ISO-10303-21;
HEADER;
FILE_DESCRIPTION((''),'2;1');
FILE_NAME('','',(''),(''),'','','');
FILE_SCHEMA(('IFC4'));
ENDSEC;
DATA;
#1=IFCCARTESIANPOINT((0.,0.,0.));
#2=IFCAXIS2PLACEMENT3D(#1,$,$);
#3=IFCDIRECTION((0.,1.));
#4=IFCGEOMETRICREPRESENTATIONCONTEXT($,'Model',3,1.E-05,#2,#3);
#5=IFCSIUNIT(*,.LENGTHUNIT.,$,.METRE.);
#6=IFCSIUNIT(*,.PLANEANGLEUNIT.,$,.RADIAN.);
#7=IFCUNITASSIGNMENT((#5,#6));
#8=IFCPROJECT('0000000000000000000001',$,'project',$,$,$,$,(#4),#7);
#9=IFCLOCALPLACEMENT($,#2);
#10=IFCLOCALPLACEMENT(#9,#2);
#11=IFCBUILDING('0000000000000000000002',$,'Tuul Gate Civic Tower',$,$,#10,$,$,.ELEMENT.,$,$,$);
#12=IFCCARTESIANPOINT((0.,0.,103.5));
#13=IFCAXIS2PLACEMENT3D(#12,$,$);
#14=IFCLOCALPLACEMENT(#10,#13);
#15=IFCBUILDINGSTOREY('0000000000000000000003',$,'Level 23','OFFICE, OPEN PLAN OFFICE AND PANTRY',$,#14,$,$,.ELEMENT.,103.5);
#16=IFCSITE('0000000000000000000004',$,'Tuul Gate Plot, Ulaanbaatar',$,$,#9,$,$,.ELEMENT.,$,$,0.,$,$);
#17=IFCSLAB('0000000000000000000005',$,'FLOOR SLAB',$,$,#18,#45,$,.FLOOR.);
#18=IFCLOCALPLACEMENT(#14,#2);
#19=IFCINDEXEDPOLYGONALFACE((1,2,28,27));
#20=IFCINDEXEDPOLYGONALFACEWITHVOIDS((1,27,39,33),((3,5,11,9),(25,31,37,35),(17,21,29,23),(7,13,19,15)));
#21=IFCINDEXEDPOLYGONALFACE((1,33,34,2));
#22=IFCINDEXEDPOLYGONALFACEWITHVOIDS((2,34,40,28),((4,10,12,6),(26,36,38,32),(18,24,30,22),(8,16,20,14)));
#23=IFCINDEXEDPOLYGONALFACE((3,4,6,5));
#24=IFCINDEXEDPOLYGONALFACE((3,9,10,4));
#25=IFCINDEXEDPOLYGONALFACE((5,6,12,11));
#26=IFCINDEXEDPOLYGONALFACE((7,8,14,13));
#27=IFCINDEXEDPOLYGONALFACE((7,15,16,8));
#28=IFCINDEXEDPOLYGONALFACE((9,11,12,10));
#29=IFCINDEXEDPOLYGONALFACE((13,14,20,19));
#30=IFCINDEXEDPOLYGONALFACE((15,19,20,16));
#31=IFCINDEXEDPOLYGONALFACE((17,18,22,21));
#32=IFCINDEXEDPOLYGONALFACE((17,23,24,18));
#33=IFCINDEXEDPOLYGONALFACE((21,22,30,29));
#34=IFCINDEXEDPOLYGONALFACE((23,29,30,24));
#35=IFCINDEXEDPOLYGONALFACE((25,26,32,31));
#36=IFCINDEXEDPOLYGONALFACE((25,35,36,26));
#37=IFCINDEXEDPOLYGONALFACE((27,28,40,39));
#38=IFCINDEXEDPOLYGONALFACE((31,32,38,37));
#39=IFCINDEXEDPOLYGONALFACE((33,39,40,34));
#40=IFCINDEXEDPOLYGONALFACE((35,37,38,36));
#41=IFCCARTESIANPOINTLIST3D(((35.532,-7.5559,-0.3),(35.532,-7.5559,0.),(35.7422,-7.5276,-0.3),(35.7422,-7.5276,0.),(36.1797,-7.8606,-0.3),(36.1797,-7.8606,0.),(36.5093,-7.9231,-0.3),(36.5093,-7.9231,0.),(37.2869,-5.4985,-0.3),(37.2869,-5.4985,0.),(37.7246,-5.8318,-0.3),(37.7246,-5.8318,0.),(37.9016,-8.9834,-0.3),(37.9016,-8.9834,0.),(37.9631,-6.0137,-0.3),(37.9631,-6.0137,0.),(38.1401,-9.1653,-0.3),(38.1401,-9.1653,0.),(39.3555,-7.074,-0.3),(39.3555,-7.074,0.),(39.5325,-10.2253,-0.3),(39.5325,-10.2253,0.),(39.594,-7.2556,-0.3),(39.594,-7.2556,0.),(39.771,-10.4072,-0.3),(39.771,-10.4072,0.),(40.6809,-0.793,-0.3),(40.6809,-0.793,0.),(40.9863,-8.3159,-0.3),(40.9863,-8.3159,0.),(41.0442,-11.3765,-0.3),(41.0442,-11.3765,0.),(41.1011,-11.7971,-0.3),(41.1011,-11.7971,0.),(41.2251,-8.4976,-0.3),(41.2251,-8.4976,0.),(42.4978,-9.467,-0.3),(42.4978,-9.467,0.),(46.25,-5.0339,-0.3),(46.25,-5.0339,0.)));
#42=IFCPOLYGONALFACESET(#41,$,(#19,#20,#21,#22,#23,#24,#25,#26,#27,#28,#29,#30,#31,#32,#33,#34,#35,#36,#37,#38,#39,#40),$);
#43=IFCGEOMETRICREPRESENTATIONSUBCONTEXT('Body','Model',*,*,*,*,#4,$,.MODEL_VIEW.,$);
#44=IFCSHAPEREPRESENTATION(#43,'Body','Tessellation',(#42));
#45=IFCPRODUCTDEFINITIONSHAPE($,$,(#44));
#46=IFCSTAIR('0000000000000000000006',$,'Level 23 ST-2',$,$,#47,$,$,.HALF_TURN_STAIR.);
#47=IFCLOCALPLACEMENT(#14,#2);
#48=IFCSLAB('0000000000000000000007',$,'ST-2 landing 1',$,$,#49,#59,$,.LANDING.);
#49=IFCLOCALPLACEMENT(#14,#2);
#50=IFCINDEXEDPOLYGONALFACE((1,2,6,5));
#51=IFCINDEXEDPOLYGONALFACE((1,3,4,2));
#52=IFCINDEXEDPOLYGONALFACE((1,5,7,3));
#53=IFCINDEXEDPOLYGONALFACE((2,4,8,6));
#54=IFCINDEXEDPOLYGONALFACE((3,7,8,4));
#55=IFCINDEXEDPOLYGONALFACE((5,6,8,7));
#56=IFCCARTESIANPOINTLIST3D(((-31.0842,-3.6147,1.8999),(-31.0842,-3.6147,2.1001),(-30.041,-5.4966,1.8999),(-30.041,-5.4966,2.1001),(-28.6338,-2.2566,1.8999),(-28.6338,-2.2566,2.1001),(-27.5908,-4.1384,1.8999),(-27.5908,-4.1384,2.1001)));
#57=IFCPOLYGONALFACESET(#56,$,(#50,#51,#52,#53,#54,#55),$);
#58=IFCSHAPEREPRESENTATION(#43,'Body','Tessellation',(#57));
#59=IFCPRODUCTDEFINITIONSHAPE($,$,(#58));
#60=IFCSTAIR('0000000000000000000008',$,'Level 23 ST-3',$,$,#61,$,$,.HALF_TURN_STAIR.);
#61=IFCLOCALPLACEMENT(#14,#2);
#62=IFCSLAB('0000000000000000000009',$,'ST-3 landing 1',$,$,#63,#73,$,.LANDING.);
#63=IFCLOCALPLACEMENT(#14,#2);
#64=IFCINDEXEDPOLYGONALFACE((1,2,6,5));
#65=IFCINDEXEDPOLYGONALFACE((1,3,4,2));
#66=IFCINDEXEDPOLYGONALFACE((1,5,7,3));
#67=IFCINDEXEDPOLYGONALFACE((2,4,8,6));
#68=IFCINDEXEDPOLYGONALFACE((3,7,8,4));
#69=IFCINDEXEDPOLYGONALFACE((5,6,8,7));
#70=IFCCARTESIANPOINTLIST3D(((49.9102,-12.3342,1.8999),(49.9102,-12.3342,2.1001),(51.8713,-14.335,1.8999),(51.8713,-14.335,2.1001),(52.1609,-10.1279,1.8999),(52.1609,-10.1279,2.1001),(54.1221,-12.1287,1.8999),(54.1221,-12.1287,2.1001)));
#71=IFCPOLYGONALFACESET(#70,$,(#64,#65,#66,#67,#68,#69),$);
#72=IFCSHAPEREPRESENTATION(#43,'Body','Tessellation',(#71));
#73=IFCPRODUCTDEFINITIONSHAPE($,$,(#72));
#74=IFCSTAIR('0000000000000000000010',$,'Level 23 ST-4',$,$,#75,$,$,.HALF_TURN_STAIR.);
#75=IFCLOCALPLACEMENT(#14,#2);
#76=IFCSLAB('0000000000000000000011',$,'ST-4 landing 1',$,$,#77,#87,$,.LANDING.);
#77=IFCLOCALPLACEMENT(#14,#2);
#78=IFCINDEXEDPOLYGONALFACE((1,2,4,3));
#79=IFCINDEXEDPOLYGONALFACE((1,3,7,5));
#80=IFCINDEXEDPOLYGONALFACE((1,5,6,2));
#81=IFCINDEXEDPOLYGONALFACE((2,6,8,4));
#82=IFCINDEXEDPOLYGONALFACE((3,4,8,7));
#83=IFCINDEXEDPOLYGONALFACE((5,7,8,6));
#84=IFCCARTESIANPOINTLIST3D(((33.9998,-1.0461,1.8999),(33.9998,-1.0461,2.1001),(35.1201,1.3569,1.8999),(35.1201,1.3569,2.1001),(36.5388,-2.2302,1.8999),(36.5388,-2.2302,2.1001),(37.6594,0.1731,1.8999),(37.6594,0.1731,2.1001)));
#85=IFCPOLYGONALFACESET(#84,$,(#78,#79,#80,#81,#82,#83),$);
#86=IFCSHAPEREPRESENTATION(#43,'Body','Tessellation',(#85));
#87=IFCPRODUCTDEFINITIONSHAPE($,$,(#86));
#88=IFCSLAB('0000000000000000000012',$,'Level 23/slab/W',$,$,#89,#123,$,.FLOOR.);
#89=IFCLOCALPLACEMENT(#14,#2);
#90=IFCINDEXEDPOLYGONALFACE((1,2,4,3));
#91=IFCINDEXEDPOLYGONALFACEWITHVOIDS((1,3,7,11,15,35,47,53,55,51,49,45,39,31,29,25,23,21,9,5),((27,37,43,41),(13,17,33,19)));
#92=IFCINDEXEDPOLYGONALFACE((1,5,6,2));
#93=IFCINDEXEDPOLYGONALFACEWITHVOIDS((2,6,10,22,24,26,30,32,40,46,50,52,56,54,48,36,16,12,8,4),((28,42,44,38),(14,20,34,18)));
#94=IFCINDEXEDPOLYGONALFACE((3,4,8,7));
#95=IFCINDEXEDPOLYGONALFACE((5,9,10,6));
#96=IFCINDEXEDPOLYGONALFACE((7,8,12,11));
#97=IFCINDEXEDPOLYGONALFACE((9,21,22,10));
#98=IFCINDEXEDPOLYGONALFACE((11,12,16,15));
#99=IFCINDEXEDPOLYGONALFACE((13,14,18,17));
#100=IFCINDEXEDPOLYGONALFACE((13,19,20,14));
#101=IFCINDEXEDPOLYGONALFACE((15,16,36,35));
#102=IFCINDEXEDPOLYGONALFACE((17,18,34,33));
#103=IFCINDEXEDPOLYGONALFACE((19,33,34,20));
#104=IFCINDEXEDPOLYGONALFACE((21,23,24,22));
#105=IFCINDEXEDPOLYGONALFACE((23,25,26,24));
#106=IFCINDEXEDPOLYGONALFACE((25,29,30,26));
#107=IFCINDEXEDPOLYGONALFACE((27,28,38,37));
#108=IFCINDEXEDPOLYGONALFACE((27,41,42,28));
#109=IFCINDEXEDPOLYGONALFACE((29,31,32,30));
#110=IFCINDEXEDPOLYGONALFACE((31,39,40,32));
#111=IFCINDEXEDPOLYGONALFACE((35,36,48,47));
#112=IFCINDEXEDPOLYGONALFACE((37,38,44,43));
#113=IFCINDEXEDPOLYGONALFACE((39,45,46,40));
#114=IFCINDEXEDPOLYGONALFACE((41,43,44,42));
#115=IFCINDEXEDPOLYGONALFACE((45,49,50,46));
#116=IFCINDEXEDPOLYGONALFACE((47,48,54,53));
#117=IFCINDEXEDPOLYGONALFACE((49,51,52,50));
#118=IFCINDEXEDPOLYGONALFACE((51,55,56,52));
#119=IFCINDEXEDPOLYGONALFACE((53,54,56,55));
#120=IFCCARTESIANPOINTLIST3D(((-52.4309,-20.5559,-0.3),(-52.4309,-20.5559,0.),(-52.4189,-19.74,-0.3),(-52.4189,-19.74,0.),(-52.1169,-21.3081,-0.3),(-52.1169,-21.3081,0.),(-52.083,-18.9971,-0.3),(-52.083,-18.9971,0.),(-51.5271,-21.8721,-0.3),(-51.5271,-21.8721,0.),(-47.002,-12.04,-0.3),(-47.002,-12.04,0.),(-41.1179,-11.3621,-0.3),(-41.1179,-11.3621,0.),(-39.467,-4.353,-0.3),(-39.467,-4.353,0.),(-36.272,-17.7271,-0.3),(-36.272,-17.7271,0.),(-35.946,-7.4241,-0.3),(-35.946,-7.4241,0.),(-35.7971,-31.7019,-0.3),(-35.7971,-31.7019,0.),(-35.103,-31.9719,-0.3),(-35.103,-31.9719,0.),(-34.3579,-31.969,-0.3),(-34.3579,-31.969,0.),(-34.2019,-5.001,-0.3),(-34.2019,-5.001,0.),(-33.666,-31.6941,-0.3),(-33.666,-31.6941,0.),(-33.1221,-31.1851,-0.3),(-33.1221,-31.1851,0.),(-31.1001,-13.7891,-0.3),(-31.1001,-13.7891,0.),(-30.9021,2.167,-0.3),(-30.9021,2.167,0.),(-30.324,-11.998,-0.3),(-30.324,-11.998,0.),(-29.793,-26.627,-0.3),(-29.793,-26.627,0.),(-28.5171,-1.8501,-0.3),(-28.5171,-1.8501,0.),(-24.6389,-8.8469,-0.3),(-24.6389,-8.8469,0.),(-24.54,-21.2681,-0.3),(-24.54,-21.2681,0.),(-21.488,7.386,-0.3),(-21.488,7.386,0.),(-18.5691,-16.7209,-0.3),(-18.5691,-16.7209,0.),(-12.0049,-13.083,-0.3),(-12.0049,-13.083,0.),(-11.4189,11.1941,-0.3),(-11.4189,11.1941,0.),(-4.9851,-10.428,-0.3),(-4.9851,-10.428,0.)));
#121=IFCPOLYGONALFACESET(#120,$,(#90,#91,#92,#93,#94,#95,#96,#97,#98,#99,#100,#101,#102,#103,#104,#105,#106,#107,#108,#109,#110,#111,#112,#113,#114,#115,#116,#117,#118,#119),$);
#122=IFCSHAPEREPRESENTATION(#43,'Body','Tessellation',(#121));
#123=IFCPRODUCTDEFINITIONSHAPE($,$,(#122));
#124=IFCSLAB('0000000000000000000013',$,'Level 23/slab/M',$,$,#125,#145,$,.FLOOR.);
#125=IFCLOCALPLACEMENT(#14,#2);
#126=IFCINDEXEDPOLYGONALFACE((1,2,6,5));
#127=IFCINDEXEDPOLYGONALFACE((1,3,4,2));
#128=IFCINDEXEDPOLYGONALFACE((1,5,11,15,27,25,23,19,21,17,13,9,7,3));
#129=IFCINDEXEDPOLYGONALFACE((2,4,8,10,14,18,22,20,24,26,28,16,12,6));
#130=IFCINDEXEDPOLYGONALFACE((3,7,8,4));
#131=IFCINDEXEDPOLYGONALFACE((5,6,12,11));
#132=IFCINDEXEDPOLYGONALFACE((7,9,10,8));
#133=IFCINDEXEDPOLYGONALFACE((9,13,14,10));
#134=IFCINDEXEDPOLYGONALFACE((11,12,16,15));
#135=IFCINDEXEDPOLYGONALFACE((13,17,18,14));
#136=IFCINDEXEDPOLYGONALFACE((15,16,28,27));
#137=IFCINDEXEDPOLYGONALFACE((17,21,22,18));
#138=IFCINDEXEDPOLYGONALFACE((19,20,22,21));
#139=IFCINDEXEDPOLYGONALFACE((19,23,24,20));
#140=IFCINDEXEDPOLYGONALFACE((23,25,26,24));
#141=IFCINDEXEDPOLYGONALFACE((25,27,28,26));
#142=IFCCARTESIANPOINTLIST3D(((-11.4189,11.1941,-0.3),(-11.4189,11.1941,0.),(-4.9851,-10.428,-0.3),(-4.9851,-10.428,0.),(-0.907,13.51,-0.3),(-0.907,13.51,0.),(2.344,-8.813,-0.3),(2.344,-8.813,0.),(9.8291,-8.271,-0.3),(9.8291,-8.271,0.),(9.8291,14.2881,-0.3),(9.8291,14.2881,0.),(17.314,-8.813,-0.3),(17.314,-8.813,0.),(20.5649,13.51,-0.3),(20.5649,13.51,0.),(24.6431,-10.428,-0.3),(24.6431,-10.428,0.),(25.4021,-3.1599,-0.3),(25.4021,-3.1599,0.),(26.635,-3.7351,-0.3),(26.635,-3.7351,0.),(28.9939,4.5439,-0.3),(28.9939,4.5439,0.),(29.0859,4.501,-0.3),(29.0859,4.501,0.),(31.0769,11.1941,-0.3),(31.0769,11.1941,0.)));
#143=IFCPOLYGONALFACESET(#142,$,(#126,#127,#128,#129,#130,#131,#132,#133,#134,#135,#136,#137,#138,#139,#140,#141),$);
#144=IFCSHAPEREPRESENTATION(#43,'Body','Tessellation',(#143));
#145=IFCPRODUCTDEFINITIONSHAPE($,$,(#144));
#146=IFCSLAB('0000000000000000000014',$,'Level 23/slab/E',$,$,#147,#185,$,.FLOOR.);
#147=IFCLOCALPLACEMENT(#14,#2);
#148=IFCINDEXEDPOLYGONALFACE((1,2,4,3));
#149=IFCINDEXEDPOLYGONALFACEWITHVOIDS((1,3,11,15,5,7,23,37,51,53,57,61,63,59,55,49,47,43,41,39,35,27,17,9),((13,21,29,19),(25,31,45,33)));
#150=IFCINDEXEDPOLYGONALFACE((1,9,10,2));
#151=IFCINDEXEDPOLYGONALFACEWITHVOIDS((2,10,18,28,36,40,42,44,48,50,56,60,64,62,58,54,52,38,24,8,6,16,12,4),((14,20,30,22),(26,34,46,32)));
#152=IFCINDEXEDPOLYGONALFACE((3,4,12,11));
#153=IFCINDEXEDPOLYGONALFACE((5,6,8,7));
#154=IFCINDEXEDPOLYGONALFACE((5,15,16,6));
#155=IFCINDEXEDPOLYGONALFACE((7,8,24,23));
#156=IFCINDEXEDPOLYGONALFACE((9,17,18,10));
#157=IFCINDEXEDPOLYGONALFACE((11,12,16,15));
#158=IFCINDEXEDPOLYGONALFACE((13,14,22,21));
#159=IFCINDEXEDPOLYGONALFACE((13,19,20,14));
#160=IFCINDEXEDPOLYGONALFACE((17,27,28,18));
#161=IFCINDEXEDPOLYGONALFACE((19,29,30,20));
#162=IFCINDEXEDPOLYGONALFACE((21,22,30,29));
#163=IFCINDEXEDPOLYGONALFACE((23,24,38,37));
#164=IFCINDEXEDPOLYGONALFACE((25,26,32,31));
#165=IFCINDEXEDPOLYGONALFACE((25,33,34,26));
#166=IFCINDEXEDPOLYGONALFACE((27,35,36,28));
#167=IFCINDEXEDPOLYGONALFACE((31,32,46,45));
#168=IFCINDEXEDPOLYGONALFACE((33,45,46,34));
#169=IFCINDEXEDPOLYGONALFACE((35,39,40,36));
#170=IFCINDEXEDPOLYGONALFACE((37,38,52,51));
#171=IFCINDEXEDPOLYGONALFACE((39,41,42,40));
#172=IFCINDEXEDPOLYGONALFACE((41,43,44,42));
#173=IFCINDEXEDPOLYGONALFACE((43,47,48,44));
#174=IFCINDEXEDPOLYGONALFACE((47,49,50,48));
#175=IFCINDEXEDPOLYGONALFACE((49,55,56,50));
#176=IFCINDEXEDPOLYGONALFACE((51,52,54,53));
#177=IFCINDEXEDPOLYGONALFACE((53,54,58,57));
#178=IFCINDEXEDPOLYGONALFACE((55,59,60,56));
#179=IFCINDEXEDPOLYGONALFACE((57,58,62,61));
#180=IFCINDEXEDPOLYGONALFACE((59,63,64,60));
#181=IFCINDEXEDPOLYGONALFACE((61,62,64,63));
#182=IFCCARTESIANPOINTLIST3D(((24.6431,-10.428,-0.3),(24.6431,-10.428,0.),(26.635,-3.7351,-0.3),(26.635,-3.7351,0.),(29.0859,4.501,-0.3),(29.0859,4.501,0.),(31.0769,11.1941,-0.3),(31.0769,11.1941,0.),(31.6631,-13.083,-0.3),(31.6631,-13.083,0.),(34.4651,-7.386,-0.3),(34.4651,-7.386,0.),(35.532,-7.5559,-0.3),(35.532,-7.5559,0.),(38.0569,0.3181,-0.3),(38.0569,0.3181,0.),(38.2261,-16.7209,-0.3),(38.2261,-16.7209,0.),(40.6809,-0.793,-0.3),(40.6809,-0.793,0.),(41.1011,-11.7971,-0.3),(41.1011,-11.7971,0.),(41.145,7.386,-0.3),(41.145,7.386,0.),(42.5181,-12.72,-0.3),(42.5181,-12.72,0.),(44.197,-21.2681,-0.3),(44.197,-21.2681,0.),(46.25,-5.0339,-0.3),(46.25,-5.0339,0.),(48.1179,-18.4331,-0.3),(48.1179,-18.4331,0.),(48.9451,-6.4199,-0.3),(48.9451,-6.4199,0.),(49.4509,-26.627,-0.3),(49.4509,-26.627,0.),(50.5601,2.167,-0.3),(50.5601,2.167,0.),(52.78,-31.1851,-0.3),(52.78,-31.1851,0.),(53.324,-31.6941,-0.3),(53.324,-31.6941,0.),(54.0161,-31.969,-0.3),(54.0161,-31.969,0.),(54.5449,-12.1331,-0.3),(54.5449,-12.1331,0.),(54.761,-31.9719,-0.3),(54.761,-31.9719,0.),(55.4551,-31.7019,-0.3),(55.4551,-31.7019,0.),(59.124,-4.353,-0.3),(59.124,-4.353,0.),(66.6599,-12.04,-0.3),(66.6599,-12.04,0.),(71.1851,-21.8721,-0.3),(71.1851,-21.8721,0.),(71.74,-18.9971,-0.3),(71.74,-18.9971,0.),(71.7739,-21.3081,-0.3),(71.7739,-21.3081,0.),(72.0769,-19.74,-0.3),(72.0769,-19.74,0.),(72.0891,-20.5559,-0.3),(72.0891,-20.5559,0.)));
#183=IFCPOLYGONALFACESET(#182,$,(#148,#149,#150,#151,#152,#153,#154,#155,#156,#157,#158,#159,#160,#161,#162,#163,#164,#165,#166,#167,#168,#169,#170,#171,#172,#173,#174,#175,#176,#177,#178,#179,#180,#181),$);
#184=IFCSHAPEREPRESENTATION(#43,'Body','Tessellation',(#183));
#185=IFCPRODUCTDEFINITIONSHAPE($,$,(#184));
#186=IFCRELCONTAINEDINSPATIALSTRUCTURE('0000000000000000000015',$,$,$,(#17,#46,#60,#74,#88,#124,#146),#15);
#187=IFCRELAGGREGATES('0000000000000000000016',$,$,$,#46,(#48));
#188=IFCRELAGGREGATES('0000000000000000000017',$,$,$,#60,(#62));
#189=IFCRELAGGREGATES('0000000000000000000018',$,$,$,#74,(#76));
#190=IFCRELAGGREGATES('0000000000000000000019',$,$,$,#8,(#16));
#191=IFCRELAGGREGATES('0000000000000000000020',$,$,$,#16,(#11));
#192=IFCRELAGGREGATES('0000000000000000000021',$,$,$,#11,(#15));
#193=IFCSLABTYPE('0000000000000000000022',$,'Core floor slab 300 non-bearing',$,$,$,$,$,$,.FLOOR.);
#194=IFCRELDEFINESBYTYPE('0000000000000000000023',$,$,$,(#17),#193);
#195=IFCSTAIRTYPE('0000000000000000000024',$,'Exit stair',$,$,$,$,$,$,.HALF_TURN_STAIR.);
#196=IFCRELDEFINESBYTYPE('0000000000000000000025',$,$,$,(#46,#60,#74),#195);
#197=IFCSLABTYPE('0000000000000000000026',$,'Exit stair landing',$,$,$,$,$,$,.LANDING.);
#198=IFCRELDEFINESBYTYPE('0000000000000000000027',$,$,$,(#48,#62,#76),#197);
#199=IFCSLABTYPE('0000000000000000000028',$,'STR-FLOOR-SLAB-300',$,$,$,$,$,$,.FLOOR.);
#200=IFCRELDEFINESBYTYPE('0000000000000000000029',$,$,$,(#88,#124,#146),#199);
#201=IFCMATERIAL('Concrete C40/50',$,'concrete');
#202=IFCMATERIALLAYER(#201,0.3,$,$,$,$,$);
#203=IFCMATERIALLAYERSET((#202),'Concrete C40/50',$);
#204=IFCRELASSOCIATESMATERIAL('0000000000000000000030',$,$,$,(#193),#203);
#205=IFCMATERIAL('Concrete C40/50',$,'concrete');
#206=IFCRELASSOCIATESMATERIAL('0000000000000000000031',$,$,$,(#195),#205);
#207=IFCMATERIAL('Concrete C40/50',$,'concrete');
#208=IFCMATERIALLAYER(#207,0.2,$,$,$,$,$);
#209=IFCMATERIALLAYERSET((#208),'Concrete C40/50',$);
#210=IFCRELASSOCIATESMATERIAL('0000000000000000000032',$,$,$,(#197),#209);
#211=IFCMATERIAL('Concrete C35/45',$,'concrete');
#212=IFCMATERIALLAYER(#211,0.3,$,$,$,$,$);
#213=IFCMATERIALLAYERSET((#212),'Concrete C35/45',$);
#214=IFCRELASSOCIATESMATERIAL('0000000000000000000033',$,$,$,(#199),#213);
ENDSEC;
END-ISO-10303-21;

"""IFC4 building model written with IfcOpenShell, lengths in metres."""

from ifc_helpers import new_model, si_unit, direction, frame, origin, place, context, subcontext, project, spatial, polyline, outline, extrude, material, layer, layer_set, type_object, element, aggregate, save


model = new_model("IFC4")

# Units and contexts
model_context = context("Model", 3, precision=1e-05, world=origin(), true_north=direction((0.0, 1.0)))
body_context = subcontext(model_context, "Body", "Model", "MODEL_VIEW")
ifc_project = project(units=[si_unit("LENGTHUNIT", "METRE"), si_unit("PLANEANGLEUNIT", "RADIAN")], contexts=[model_context])

# Site, building, storey
site_placement = place(None, origin())
site = spatial("IfcSite", under=ifc_project, at=site_placement, Name="Tuul Gate Plot, Ulaanbaatar", CompositionType="ELEMENT", RefElevation=0.0)
building_placement = place(site_placement, origin())
building = spatial("IfcBuilding", under=site, at=building_placement, Name="Tuul Gate Civic Tower", CompositionType="ELEMENT")
storey_placement = place(building_placement, frame((0.0, 0.0, 103.5)))
storey = spatial("IfcBuildingStorey", under=building, at=storey_placement, Name="Level 23", Description="OFFICE, OPEN PLAN OFFICE AND PANTRY", CompositionType="ELEMENT", Elevation=103.5)

# Slab
ifc_material_1 = material(Name="Concrete C40/50", Category="concrete")
ifc_layer_1 = layer(ifc_material_1, 0.3)
ifc_layer_set_1 = layer_set([ifc_layer_1], Name="Concrete C40/50")
slab_type_1 = type_object("IfcSlabType", Name="Core floor slab 300 non-bearing", PredefinedType="FLOOR", material=ifc_layer_set_1)
slab_1_placement = place(storey_placement, frame((0.0, 0.0, -0.3)))
element("IfcSlab", 1, at=slab_1_placement, inside=storey, type_object=slab_type_1, Name="FLOOR SLAB", PredefinedType="FLOOR", context=body_context, shape_type="SweptSolid", body=[
    extrude(outline(polyline([(41.1011, -11.7971), (46.25, -5.0339), (40.6809, -0.793), (35.532, -7.5559), (41.1011, -11.7971)]), holes=[polyline([(41.0442, -11.3765), (42.4978, -9.467), (41.2251, -8.4976), (39.771, -10.4072), (41.0442, -11.3765)]), polyline([(39.5325, -10.2253), (40.9863, -8.3159), (39.594, -7.2556), (38.1401, -9.1653), (39.5325, -10.2253)]), polyline([(37.9016, -8.9834), (39.3555, -7.074), (37.9631, -6.0137), (36.5093, -7.9231), (37.9016, -8.9834)]), polyline([(36.1797, -7.8606), (37.7246, -5.8318), (37.2869, -5.4985), (35.7422, -7.5276), (36.1797, -7.8606)])]), origin(), (0.0, 0.0, 1.0), 0.3),
])

# Stairs, slabs
ifc_material_2 = material(Name="Concrete C40/50", Category="concrete")
stair_type = type_object("IfcStairType", Name="Exit stair", PredefinedType="HALF_TURN_STAIR", material=ifc_material_2)
stair_1_placement = place(storey_placement, origin())
stair_1 = element("IfcStair", 2, at=stair_1_placement, inside=storey, type_object=stair_type, Name="Level 23 ST-2", PredefinedType="HALF_TURN_STAIR")
ifc_material_3 = material(Name="Concrete C40/50", Category="concrete")
ifc_layer_2 = layer(ifc_material_3, 0.2)
ifc_layer_set_2 = layer_set([ifc_layer_2], Name="Concrete C40/50")
slab_type_2 = type_object("IfcSlabType", Name="Exit stair landing", PredefinedType="LANDING", material=ifc_layer_set_2)
slab_2_placement = place(storey_placement, frame((0.0, 0.0, 1.8999)))
slab_2 = element("IfcSlab", 3, at=slab_2_placement, type_object=slab_type_2, Name="ST-2 landing 1", PredefinedType="LANDING", context=body_context, shape_type="SweptSolid", body=[
    extrude(outline(polyline([(-27.5908, -4.1384), (-30.041, -5.4966), (-31.0842, -3.6147), (-28.6338, -2.2566), (-27.5908, -4.1384)])), origin(), (0.0, 0.0, 1.0), 0.2002),
])
aggregate(stair_1, [slab_2])
stair_2_placement = place(storey_placement, origin())
stair_2 = element("IfcStair", 4, at=stair_2_placement, inside=storey, type_object=stair_type, Name="Level 23 ST-3", PredefinedType="HALF_TURN_STAIR")
slab_3_placement = place(storey_placement, frame((0.0, 0.0, 1.8999)))
slab_3 = element("IfcSlab", 5, at=slab_3_placement, type_object=slab_type_2, Name="ST-3 landing 1", PredefinedType="LANDING", context=body_context, shape_type="SweptSolid", body=[
    extrude(outline(polyline([(51.8713, -14.335), (49.9102, -12.3342), (52.1609, -10.1279), (54.1221, -12.1287), (51.8713, -14.335)])), origin(), (0.0, 0.0, 1.0), 0.2002),
])
aggregate(stair_2, [slab_3])
stair_3_placement = place(storey_placement, origin())
stair_3 = element("IfcStair", 6, at=stair_3_placement, inside=storey, type_object=stair_type, Name="Level 23 ST-4", PredefinedType="HALF_TURN_STAIR")
slab_4_placement = place(storey_placement, frame((0.0, 0.0, 1.8999)))
slab_4 = element("IfcSlab", 7, at=slab_4_placement, type_object=slab_type_2, Name="ST-4 landing 1", PredefinedType="LANDING", context=body_context, shape_type="SweptSolid", body=[
    extrude(outline(polyline([(36.5388, -2.2302), (33.9998, -1.0461), (35.1201, 1.3569), (37.6594, 0.1731), (36.5388, -2.2302)])), origin(), (0.0, 0.0, 1.0), 0.2002),
])
aggregate(stair_3, [slab_4])

# Slabs
ifc_material_4 = material(Name="Concrete C35/45", Category="concrete")
ifc_layer_3 = layer(ifc_material_4, 0.3)
ifc_layer_set_3 = layer_set([ifc_layer_3], Name="Concrete C35/45")
slab_type_3 = type_object("IfcSlabType", Name="STR-FLOOR-SLAB-300", PredefinedType="FLOOR", material=ifc_layer_set_3)
slab_5_placement = place(storey_placement, frame((0.0, 0.0, -0.3)))
element("IfcSlab", 8, at=slab_5_placement, inside=storey, type_object=slab_type_3, Name="Level 23/slab/W", PredefinedType="FLOOR", context=body_context, shape_type="SweptSolid", body=[
    extrude(outline(polyline([(-12.0049, -13.083), (-4.9851, -10.428), (-11.4189, 11.1941), (-21.488, 7.386), (-30.9021, 2.167), (-39.467, -4.353), (-47.002, -12.04), (-52.083, -18.9971), (-52.4189, -19.74), (-52.4309, -20.5559), (-52.1169, -21.3081), (-51.5271, -21.8721), (-35.7971, -31.7019), (-35.103, -31.9719), (-34.3579, -31.969), (-33.666, -31.6941), (-33.1221, -31.1851), (-29.793, -26.627), (-24.54, -21.2681), (-18.5691, -16.7209), (-12.0049, -13.083)]), holes=[polyline([(-31.1001, -13.7891), (-36.272, -17.7271), (-41.1179, -11.3621), (-35.946, -7.4241), (-31.1001, -13.7891)]), polyline([(-24.6389, -8.8469), (-30.324, -11.998), (-34.2019, -5.001), (-28.5171, -1.8501), (-24.6389, -8.8469)])]), origin(), (0.0, 0.0, 1.0), 0.3),
])
slab_6_placement = place(storey_placement, frame((0.0, 0.0, -0.3)))
element("IfcSlab", 9, at=slab_6_placement, inside=storey, type_object=slab_type_3, Name="Level 23/slab/M", PredefinedType="FLOOR", context=body_context, shape_type="SweptSolid", body=[
    extrude(outline(polyline([(24.6431, -10.428), (26.635, -3.7351), (25.4021, -3.1599), (28.9939, 4.5439), (29.0859, 4.501), (31.0769, 11.1941), (20.5649, 13.51), (9.8291, 14.2881), (-0.907, 13.51), (-11.4189, 11.1941), (-4.9851, -10.428), (2.344, -8.813), (9.8291, -8.271), (17.314, -8.813), (24.6431, -10.428)])), origin(), (0.0, 0.0, 1.0), 0.3),
])
slab_7_placement = place(storey_placement, frame((0.0, 0.0, -0.3)))
element("IfcSlab", 10, at=slab_7_placement, inside=storey, type_object=slab_type_3, Name="Level 23/slab/E", PredefinedType="FLOOR", context=body_context, shape_type="SweptSolid", body=[
    extrude(outline(polyline([(54.761, -31.9719), (55.4551, -31.7019), (71.1851, -21.8721), (71.7739, -21.3081), (72.0891, -20.5559), (72.0769, -19.74), (71.74, -18.9971), (66.6599, -12.04), (59.124, -4.353), (50.5601, 2.167), (41.145, 7.386), (31.0769, 11.1941), (29.0859, 4.501), (38.0569, 0.3181), (34.4651, -7.386), (26.635, -3.7351), (24.6431, -10.428), (31.6631, -13.083), (38.2261, -16.7209), (44.197, -21.2681), (49.4509, -26.627), (52.78, -31.1851), (53.324, -31.6941), (54.0161, -31.969), (54.761, -31.9719)]), holes=[polyline([(48.1179, -18.4331), (42.5181, -12.72), (48.9451, -6.4199), (54.5449, -12.1331), (48.1179, -18.4331)]), polyline([(35.532, -7.5559), (40.6809, -0.793), (46.25, -5.0339), (41.1011, -11.7971), (35.532, -7.5559)])]), origin(), (0.0, 0.0, 1.0), 0.3),
])

save(model, "model.ifc")
